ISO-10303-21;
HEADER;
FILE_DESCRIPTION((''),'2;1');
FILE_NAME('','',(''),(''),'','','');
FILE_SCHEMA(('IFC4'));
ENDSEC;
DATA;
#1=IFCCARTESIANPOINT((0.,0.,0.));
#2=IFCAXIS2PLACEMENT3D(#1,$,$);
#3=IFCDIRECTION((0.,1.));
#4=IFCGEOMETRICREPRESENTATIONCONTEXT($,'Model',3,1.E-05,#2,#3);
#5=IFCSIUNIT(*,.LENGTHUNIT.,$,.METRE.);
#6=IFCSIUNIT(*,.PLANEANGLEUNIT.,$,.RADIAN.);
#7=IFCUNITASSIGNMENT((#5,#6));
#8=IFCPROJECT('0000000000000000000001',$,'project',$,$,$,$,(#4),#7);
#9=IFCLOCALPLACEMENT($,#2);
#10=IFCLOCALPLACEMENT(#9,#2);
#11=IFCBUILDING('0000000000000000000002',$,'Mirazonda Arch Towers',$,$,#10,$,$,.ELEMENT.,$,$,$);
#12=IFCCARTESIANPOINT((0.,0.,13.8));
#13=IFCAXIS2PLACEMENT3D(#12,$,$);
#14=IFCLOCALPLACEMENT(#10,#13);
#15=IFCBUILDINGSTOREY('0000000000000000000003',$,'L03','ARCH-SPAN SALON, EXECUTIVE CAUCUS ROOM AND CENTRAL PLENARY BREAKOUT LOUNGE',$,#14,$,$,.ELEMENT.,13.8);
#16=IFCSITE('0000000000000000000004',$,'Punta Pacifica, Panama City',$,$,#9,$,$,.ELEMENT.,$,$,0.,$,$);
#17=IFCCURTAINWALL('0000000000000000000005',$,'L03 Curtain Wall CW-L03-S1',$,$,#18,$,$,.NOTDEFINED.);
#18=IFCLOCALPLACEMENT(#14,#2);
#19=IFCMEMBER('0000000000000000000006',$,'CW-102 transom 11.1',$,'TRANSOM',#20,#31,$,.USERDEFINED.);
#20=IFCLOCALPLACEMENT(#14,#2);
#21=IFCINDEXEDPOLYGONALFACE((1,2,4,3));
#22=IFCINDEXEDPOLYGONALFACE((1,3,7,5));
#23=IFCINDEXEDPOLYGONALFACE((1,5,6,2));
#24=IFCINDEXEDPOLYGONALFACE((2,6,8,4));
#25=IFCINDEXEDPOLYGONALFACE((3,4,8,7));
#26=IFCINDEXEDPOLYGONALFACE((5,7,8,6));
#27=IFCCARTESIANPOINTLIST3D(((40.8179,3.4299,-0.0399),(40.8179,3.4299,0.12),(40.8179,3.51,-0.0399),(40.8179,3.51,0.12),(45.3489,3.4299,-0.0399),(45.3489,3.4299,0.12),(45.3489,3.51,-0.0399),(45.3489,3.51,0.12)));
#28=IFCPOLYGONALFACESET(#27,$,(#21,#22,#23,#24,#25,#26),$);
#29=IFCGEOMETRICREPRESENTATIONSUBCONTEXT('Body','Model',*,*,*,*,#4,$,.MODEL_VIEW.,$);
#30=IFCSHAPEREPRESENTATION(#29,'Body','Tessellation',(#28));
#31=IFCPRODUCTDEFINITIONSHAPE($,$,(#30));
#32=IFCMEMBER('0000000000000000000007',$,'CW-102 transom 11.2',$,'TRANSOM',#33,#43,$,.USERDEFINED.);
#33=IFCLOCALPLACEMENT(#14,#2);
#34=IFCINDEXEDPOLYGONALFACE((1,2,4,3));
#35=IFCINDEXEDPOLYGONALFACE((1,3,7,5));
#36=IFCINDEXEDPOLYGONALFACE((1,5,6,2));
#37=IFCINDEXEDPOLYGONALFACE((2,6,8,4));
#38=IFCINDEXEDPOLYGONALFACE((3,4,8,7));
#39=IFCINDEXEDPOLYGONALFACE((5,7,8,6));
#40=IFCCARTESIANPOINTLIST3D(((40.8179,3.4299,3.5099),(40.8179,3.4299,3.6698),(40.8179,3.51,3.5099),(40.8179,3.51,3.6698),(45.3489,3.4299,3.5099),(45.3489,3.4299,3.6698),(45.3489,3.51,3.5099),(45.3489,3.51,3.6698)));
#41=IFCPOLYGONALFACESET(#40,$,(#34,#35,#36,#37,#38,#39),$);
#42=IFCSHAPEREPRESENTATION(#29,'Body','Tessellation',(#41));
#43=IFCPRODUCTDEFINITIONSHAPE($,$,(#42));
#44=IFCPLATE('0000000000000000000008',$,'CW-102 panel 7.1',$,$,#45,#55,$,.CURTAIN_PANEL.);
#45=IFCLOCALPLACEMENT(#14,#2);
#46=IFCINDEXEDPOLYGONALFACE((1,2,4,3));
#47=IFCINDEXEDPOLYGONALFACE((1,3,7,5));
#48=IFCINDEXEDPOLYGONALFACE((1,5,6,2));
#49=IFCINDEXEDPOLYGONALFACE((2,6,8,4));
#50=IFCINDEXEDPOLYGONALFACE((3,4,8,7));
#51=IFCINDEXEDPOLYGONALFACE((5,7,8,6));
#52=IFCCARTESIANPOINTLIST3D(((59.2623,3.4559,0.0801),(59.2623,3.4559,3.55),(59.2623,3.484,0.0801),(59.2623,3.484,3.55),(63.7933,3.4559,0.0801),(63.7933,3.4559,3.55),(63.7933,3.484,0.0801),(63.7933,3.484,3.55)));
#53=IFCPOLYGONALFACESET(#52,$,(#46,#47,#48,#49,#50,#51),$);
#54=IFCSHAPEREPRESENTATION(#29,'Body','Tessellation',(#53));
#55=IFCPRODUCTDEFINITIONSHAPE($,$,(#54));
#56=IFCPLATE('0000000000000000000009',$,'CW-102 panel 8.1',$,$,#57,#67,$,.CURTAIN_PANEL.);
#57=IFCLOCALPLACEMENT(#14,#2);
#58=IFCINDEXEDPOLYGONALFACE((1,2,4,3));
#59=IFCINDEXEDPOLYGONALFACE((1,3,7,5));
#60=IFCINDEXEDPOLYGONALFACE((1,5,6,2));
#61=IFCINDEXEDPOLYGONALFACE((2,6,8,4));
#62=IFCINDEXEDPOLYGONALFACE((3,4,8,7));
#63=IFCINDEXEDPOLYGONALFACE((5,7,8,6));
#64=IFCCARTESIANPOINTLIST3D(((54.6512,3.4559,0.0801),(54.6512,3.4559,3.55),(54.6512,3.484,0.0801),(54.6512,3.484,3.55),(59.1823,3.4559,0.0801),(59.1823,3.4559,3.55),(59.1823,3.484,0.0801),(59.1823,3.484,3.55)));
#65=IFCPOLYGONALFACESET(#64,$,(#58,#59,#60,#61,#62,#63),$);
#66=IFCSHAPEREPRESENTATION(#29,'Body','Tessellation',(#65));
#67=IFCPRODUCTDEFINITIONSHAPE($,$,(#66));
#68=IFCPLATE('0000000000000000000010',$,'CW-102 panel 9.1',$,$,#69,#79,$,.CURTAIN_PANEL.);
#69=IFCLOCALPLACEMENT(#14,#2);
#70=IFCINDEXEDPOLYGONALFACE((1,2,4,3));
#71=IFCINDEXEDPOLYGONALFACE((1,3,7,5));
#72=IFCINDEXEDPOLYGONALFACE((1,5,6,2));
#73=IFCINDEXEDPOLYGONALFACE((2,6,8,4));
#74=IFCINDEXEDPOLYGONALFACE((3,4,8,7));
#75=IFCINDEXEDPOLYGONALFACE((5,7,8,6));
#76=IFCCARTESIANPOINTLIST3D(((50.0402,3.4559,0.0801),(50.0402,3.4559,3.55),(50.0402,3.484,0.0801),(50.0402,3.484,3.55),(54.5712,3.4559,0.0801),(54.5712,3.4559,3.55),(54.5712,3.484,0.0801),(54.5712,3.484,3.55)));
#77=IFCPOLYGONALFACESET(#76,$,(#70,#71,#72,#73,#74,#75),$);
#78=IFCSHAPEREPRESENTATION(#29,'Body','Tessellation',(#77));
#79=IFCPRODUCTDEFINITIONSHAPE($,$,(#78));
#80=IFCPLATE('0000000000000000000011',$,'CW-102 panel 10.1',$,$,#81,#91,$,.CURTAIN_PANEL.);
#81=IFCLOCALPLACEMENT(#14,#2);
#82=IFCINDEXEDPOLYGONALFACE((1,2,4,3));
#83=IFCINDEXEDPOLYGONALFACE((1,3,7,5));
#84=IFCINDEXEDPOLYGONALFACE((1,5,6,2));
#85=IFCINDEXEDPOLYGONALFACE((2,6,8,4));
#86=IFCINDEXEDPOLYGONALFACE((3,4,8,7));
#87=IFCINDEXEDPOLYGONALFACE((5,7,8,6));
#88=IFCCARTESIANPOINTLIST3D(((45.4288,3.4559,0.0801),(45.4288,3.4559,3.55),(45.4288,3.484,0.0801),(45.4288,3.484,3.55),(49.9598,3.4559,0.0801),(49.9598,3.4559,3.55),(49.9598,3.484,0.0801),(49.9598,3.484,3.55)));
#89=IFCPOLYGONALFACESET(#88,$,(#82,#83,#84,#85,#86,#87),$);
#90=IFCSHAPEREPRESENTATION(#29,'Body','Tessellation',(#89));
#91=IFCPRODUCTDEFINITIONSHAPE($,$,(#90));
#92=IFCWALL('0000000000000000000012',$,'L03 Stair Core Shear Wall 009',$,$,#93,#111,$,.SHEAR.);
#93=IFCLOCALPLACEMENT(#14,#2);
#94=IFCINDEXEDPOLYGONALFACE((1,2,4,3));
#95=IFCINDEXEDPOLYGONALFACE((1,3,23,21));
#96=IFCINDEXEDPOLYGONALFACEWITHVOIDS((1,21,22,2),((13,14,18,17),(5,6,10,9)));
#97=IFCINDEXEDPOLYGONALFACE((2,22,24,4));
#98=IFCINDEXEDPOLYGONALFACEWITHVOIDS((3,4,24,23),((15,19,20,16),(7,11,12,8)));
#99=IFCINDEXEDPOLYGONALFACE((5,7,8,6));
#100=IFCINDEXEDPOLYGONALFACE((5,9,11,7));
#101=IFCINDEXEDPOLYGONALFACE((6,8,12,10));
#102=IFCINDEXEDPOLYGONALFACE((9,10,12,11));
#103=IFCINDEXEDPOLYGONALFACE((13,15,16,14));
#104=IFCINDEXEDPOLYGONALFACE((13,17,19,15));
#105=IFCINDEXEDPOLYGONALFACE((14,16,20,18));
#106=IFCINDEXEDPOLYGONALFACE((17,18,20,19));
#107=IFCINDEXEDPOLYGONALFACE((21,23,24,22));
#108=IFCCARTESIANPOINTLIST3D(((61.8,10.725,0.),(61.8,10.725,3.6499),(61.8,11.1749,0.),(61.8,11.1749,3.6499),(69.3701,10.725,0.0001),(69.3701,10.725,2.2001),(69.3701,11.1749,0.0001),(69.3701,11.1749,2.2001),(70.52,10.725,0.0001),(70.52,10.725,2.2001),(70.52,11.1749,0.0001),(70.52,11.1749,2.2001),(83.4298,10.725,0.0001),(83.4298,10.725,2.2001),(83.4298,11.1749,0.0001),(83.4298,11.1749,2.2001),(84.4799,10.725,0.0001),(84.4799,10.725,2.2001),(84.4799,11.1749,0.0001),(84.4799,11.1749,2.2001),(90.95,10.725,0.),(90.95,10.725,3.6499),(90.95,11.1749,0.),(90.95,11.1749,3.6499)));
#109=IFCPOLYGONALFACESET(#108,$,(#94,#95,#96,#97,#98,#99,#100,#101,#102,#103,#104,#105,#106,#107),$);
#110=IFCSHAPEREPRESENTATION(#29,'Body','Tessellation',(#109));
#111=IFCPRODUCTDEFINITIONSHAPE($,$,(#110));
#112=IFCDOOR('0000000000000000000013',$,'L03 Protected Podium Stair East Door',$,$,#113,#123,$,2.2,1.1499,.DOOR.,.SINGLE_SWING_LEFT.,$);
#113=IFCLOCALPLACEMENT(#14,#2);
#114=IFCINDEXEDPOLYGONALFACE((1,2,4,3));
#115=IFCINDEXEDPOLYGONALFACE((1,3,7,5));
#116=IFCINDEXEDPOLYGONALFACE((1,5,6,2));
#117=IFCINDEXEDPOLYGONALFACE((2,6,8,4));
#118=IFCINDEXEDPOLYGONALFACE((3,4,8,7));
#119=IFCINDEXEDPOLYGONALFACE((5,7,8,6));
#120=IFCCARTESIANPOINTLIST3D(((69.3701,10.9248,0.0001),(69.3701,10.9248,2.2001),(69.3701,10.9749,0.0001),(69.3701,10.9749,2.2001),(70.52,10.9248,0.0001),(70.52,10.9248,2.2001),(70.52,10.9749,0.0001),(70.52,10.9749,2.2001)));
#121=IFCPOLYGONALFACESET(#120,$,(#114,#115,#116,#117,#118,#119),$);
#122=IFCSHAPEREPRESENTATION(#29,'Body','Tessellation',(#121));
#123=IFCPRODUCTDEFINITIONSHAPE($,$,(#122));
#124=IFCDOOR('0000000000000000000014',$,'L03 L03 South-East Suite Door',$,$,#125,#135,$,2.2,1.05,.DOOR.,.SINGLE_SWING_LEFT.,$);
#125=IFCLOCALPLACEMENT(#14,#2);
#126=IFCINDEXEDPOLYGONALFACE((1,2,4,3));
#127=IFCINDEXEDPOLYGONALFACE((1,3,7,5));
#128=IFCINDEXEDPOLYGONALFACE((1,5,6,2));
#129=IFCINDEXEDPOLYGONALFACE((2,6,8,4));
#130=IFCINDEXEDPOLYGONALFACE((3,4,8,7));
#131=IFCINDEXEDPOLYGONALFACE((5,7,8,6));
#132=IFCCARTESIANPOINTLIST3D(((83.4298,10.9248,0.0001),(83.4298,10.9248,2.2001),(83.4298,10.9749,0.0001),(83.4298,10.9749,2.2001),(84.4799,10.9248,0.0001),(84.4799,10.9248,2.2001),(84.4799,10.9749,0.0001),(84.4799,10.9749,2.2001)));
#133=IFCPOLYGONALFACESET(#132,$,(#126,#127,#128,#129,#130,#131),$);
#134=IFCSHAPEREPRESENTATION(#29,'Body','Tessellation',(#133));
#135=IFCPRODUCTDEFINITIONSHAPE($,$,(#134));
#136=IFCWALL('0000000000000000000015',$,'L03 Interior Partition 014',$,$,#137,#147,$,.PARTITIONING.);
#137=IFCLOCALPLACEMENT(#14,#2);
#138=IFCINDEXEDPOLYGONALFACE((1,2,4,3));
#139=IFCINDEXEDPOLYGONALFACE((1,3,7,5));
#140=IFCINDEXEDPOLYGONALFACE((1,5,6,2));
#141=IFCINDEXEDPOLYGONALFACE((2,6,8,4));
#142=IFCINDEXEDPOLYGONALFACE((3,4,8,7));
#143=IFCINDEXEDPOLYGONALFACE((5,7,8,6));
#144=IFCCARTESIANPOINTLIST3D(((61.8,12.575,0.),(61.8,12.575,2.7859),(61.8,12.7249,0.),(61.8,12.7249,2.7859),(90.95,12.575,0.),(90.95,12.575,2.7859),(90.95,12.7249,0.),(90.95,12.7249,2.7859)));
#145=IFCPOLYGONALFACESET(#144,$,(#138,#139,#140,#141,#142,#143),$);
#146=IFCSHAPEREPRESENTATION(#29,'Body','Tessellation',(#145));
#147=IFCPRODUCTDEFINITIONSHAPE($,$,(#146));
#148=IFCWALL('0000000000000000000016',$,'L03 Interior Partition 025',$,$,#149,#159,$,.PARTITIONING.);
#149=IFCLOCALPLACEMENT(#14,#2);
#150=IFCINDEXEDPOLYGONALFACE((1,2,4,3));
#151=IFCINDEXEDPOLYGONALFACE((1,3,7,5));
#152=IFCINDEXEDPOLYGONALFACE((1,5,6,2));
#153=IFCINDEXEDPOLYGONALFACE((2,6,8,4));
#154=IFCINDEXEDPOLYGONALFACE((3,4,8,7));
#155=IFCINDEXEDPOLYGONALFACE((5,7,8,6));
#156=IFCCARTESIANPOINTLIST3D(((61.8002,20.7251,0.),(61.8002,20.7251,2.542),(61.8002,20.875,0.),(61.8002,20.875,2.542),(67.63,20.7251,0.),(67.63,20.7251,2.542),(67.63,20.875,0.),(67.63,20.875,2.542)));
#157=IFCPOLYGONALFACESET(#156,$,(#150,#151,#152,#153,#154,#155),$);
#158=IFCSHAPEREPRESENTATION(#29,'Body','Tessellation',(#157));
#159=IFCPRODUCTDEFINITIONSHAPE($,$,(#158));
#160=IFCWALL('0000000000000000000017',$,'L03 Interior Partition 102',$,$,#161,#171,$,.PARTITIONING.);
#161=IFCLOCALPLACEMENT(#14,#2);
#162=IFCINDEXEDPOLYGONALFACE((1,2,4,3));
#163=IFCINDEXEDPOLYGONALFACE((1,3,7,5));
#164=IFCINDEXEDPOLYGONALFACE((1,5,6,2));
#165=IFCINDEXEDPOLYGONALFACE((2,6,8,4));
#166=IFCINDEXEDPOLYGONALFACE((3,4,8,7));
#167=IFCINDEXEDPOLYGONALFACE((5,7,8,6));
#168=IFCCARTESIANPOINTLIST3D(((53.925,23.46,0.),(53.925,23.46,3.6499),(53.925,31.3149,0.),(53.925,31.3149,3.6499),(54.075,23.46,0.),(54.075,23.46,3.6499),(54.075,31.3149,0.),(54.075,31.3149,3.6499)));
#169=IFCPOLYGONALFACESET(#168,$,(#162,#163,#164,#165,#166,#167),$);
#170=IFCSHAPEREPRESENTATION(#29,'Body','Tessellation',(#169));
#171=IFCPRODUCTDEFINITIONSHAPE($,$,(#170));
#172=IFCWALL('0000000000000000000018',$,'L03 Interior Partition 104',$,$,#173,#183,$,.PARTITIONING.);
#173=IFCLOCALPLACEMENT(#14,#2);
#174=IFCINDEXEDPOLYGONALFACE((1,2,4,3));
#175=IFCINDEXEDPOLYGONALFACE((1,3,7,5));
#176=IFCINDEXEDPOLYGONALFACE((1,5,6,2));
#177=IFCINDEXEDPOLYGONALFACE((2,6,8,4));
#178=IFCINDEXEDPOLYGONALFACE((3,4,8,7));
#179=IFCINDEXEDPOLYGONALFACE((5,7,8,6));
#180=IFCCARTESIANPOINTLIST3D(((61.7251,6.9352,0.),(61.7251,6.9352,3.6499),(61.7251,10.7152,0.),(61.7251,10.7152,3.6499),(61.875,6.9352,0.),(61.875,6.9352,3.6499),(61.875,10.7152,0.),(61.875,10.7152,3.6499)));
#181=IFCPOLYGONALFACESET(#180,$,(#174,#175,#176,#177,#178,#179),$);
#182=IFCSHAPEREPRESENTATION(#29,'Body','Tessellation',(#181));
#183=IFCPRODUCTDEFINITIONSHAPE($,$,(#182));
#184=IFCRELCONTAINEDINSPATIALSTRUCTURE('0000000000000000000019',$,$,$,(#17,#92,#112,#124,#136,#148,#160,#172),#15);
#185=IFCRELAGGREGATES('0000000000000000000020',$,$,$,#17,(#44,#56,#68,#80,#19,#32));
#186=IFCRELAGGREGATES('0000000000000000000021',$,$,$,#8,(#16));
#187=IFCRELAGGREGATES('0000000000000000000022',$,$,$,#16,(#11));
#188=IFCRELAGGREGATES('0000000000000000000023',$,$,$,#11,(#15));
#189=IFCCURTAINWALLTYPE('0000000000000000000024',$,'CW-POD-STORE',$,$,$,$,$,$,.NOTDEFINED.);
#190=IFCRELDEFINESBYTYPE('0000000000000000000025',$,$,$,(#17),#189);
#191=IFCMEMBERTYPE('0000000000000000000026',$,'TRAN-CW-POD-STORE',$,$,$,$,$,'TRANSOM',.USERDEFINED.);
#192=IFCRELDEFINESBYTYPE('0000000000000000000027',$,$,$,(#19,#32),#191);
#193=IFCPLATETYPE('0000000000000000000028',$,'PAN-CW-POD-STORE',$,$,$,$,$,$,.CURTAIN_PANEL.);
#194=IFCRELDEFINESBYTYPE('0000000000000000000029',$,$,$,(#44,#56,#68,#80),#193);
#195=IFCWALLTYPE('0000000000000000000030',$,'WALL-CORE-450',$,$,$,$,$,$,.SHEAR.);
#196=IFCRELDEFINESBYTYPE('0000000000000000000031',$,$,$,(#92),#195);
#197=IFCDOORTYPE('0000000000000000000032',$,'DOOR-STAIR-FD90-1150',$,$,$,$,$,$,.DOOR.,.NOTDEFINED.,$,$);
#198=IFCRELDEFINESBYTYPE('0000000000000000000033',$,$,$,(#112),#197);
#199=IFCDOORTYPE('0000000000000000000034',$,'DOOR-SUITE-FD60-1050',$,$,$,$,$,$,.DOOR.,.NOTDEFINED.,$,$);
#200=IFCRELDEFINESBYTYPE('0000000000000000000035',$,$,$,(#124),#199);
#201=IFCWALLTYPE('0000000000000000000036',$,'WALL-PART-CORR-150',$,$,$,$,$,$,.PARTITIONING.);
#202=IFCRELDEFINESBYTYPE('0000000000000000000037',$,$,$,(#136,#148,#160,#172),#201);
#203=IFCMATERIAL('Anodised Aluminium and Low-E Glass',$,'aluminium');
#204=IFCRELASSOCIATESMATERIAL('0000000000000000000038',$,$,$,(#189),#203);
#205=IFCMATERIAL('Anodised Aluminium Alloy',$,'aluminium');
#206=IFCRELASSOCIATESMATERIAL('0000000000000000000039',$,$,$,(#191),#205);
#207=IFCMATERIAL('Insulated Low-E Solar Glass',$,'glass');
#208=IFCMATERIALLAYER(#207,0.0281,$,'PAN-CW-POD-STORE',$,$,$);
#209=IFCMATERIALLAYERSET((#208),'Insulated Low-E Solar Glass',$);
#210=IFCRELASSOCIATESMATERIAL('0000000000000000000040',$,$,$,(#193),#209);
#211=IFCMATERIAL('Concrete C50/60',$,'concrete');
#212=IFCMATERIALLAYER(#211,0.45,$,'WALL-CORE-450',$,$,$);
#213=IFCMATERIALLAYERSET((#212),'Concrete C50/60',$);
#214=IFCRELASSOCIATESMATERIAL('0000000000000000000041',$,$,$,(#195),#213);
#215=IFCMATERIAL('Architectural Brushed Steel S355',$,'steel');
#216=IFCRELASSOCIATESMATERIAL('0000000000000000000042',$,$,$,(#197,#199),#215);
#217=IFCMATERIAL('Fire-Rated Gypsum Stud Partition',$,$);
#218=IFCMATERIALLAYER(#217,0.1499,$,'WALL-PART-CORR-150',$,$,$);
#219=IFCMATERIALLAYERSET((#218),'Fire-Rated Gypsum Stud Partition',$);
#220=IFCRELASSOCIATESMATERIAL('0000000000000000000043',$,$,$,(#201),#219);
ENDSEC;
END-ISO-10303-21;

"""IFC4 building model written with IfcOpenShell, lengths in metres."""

from ifc_helpers import new_model, si_unit, direction, frame, frame_2d, origin, origin_2d, place, context, subcontext, project, spatial, rectangle, extrude, material, layer, layer_set, material_profile, profile_set, type_object, element, fill, aggregate, save


model = new_model("IFC4")

# Units and contexts
model_context = context("Model", 3, precision=1e-05, world=origin(), true_north=direction((0.0, 1.0)))
body_context = subcontext(model_context, "Body", "Model", "MODEL_VIEW")
ifc_project = project(units=[si_unit("LENGTHUNIT", "METRE"), si_unit("PLANEANGLEUNIT", "RADIAN")], contexts=[model_context])

# Site, building, storey
site_placement = place(None, origin())
site = spatial("IfcSite", under=ifc_project, at=site_placement, Name="Punta Pacifica, Panama City", CompositionType="ELEMENT", RefElevation=0.0)
building_placement = place(site_placement, origin())
building = spatial("IfcBuilding", under=site, at=building_placement, Name="Mirazonda Arch Towers", CompositionType="ELEMENT")
storey_placement = place(building_placement, frame((0.0, 0.0, 13.8)))
storey = spatial("IfcBuildingStorey", under=building, at=storey_placement, Name="L03", Description="ARCH-SPAN SALON, EXECUTIVE CAUCUS ROOM AND CENTRAL PLENARY BREAKOUT LOUNGE", CompositionType="ELEMENT", Elevation=13.8)

# Shared definitions
ifc_material_1 = material(Name="Concrete C50/60", Category="concrete")

# Curtain wall, members, plates
ifc_material_2 = material(Name="Anodised Aluminium and Low-E Glass", Category="aluminium")
curtain_wall_type = type_object("IfcCurtainWallType", Name="CW-POD-STORE", PredefinedType="NOTDEFINED", material=ifc_material_2)
curtain_wall_placement = place(storey_placement, origin())
curtain_wall = element("IfcCurtainWall", 1, at=curtain_wall_placement, inside=storey, type_object=curtain_wall_type, Name="L03 Curtain Wall CW-L03-S1", PredefinedType="NOTDEFINED")
ifc_material_3 = material(Name="Anodised Aluminium Alloy", Category="aluminium")
ifc_material_profile_1 = material_profile(ifc_material_3, rectangle(XDim=0.0801, YDim=0.1599, at=origin_2d()), Name="ALU-TRAN-80x160")
ifc_profile_set_1 = profile_set([ifc_material_profile_1], Name="Anodised Aluminium Alloy")
member_type_1 = type_object("IfcMemberType", Name="TRAN-CW-POD-STORE", ElementType="TRANSOM", PredefinedType="USERDEFINED", material=ifc_profile_set_1)
member_1_placement = place(storey_placement, frame((45.3489, 3.47, 0.04), z_axis=(-1.0, 0.0, 0.0), x_axis=(0.0, -1.0, 0.0)))
member_1 = element("IfcMember", 2, at=member_1_placement, type_object=member_type_1, Name="CW-102 transom 11.1", ObjectType="TRANSOM", PredefinedType="USERDEFINED", context=body_context, shape_type="SweptSolid", body=[
    extrude(rectangle(XDim=0.0801, YDim=0.1599, at=origin_2d()), origin(), (0.0, 0.0, 1.0), 4.531),
])
member_2_placement = place(storey_placement, frame((45.3489, 3.47, 3.5898), z_axis=(-1.0, 0.0, 0.0), x_axis=(0.0, -1.0, 0.0)))
member_2 = element("IfcMember", 3, at=member_2_placement, type_object=member_type_1, Name="CW-102 transom 11.2", ObjectType="TRANSOM", PredefinedType="USERDEFINED", context=body_context, shape_type="SweptSolid", body=[
    extrude(rectangle(XDim=0.0801, YDim=0.1599, at=origin_2d()), origin(), (0.0, 0.0, 1.0), 4.531),
])
ifc_material_4 = material(Name="Insulated Low-E Solar Glass", Category="glass")
ifc_layer_1 = layer(ifc_material_4, 0.0281, Name="PAN-CW-POD-STORE")
ifc_layer_set_1 = layer_set([ifc_layer_1], Name="Insulated Low-E Solar Glass")
plate_type = type_object("IfcPlateType", Name="PAN-CW-POD-STORE", PredefinedType="CURTAIN_PANEL", material=ifc_layer_set_1)
plate_1_placement = place(storey_placement, frame((61.5278, 3.47, 0.0801), z_axis=(0.0, 0.0, 1.0), x_axis=(-1.0, 0.0, 0.0)))
plate_1 = element("IfcPlate", 4, at=plate_1_placement, type_object=plate_type, Name="CW-102 panel 7.1", PredefinedType="CURTAIN_PANEL", context=body_context, shape_type="SweptSolid", body=[
    extrude(rectangle(XDim=4.531, YDim=0.0281, at=origin_2d()), origin(), (0.0, 0.0, 1.0), 3.47),
])
plate_2_placement = place(storey_placement, frame((56.9167, 3.47, 0.0801), z_axis=(0.0, 0.0, 1.0), x_axis=(-1.0, 0.0, 0.0)))
plate_2 = element("IfcPlate", 5, at=plate_2_placement, type_object=plate_type, Name="CW-102 panel 8.1", PredefinedType="CURTAIN_PANEL", context=body_context, shape_type="SweptSolid", body=[
    extrude(rectangle(XDim=4.531, YDim=0.0281, at=origin_2d()), origin(), (0.0, 0.0, 1.0), 3.47),
])
plate_3_placement = place(storey_placement, frame((52.3057, 3.47, 0.0801), z_axis=(0.0, 0.0, 1.0), x_axis=(-1.0, 0.0, 0.0)))
plate_3 = element("IfcPlate", 6, at=plate_3_placement, type_object=plate_type, Name="CW-102 panel 9.1", PredefinedType="CURTAIN_PANEL", context=body_context, shape_type="SweptSolid", body=[
    extrude(rectangle(XDim=4.531, YDim=0.0281, at=origin_2d()), origin(), (0.0, 0.0, 1.0), 3.47),
])
plate_4_placement = place(storey_placement, frame((47.6943, 3.47, 0.0801), z_axis=(0.0, 0.0, 1.0), x_axis=(-1.0, 0.0, 0.0)))
plate_4 = element("IfcPlate", 7, at=plate_4_placement, type_object=plate_type, Name="CW-102 panel 10.1", PredefinedType="CURTAIN_PANEL", context=body_context, shape_type="SweptSolid", body=[
    extrude(rectangle(XDim=4.531, YDim=0.0281, at=origin_2d()), origin(), (0.0, 0.0, 1.0), 3.47),
])
aggregate(curtain_wall, [plate_1, plate_2, plate_3, plate_4, member_1, member_2])

# Wall, openings, doors
ifc_layer_2 = layer(ifc_material_1, 0.45, Name="WALL-CORE-450")
ifc_layer_set_2 = layer_set([ifc_layer_2], Name="Concrete C50/60")
wall_type_1 = type_object("IfcWallType", Name="WALL-CORE-450", PredefinedType="SHEAR", material=ifc_layer_set_2)
wall_1_placement = place(storey_placement, frame((61.8, 10.95, 0.0), z_axis=(0.0, 0.0, 1.0), x_axis=(1.0, 0.0, 0.0)))
wall_1 = element("IfcWall", 8, at=wall_1_placement, inside=storey, type_object=wall_type_1, Name="L03 Stair Core Shear Wall 009", PredefinedType="SHEAR", context=body_context, shape_type="SweptSolid", body=[
    extrude(rectangle(XDim=29.1499, YDim=0.45, at=frame_2d((14.575, 0.0))), origin(), (0.0, 0.0, 1.0), 3.6499),
])
opening_1_placement = place(wall_1_placement, frame((7.5701, 0.0, 0.0)))
opening_1 = element("IfcOpeningElement", 9, at=opening_1_placement, cuts=wall_1, PredefinedType="OPENING", context=body_context, shape_type="SweptSolid", body=[
    extrude(rectangle(XDim=1.1499, YDim=2.2, at=frame_2d((0.575, 1.1001))), frame((0.0, 0.2349, 0.0), z_axis=(0.0, -1.0, 0.0), x_axis=(1.0, 0.0, 0.0)), (0.0, 0.0, 1.0), 0.47),
])
opening_2_placement = place(wall_1_placement, frame((21.6299, 0.0, 0.0)))
opening_2 = element("IfcOpeningElement", 10, at=opening_2_placement, cuts=wall_1, PredefinedType="OPENING", context=body_context, shape_type="SweptSolid", body=[
    extrude(rectangle(XDim=1.05, YDim=2.2, at=frame_2d((0.5249, 1.1001))), frame((0.0, 0.2349, 0.0), z_axis=(0.0, -1.0, 0.0), x_axis=(1.0, 0.0, 0.0)), (0.0, 0.0, 1.0), 0.47),
])
ifc_material_5 = material(Name="Architectural Brushed Steel S355", Category="steel")
door_type_1 = type_object("IfcDoorType", Name="DOOR-STAIR-FD90-1150", OperationType="NOTDEFINED", PredefinedType="DOOR", material=ifc_material_5)
door_1_placement = place(opening_1_placement, origin())
door_1 = element("IfcDoor", 11, at=door_1_placement, inside=storey, type_object=door_type_1, Name="L03 Protected Podium Stair East Door", OperationType="SINGLE_SWING_LEFT", OverallHeight=2.2, OverallWidth=1.1499, PredefinedType="DOOR", context=body_context, shape_type="SweptSolid", body=[
    extrude(rectangle(XDim=1.1499, YDim=2.2, at=frame_2d((0.575, 1.1001))), frame((0.0, 0.0249, 0.0), z_axis=(0.0, -1.0, 0.0), x_axis=(1.0, 0.0, 0.0)), (0.0, 0.0, 1.0), 0.05),
])
fill(opening_1, door_1)
door_type_2 = type_object("IfcDoorType", Name="DOOR-SUITE-FD60-1050", OperationType="NOTDEFINED", PredefinedType="DOOR", material=ifc_material_5)
door_2_placement = place(opening_2_placement, origin())
door_2 = element("IfcDoor", 12, at=door_2_placement, inside=storey, type_object=door_type_2, Name="L03 L03 South-East Suite Door", OperationType="SINGLE_SWING_LEFT", OverallHeight=2.2, OverallWidth=1.05, PredefinedType="DOOR", context=body_context, shape_type="SweptSolid", body=[
    extrude(rectangle(XDim=1.05, YDim=2.2, at=frame_2d((0.5249, 1.1001))), frame((0.0, 0.0249, 0.0), z_axis=(0.0, -1.0, 0.0), x_axis=(1.0, 0.0, 0.0)), (0.0, 0.0, 1.0), 0.05),
])
fill(opening_2, door_2)

# Walls
ifc_material_6 = material(Name="Fire-Rated Gypsum Stud Partition")
ifc_layer_3 = layer(ifc_material_6, 0.1499, Name="WALL-PART-CORR-150")
ifc_layer_set_3 = layer_set([ifc_layer_3], Name="Fire-Rated Gypsum Stud Partition")
wall_type_2 = type_object("IfcWallType", Name="WALL-PART-CORR-150", PredefinedType="PARTITIONING", material=ifc_layer_set_3)
wall_2_placement = place(storey_placement, frame((61.8, 12.6499, 0.0), z_axis=(0.0, 0.0, 1.0), x_axis=(1.0, 0.0, 0.0)))
element("IfcWall", 13, at=wall_2_placement, inside=storey, type_object=wall_type_2, Name="L03 Interior Partition 014", PredefinedType="PARTITIONING", context=body_context, shape_type="SweptSolid", body=[
    extrude(rectangle(XDim=29.1499, YDim=0.1499, at=frame_2d((14.575, 0.0))), origin(), (0.0, 0.0, 1.0), 2.7859),
])
wall_3_placement = place(storey_placement, frame((61.8, 20.8, 0.0), z_axis=(0.0, 0.0, 1.0), x_axis=(1.0, 0.0, 0.0)))
element("IfcWall", 14, at=wall_3_placement, inside=storey, type_object=wall_type_2, Name="L03 Interior Partition 025", PredefinedType="PARTITIONING", context=body_context, shape_type="SweptSolid", body=[
    extrude(rectangle(XDim=5.8298, YDim=0.1499, at=frame_2d((2.915, 0.0))), origin(), (0.0, 0.0, 1.0), 2.542),
])
wall_4_placement = place(storey_placement, frame((54.0, 23.46, 0.0), z_axis=(0.0, 0.0, 1.0), x_axis=(0.0, 1.0, 0.0)))
element("IfcWall", 15, at=wall_4_placement, inside=storey, type_object=wall_type_2, Name="L03 Interior Partition 102", PredefinedType="PARTITIONING", context=body_context, shape_type="SweptSolid", body=[
    extrude(rectangle(XDim=7.855, YDim=0.1499, at=frame_2d((3.9275, 0.0))), origin(), (0.0, 0.0, 1.0), 3.6499),
])
wall_5_placement = place(storey_placement, frame((61.8, 6.9351, 0.0), z_axis=(0.0, 0.0, 1.0), x_axis=(0.0, 1.0, 0.0)))
element("IfcWall", 16, at=wall_5_placement, inside=storey, type_object=wall_type_2, Name="L03 Interior Partition 104", PredefinedType="PARTITIONING", context=body_context, shape_type="SweptSolid", body=[
    extrude(rectangle(XDim=3.78, YDim=0.1499, at=frame_2d((1.8901, 0.0))), origin(), (0.0, 0.0, 1.0), 3.6499),
])

save(model, "model.ifc")
